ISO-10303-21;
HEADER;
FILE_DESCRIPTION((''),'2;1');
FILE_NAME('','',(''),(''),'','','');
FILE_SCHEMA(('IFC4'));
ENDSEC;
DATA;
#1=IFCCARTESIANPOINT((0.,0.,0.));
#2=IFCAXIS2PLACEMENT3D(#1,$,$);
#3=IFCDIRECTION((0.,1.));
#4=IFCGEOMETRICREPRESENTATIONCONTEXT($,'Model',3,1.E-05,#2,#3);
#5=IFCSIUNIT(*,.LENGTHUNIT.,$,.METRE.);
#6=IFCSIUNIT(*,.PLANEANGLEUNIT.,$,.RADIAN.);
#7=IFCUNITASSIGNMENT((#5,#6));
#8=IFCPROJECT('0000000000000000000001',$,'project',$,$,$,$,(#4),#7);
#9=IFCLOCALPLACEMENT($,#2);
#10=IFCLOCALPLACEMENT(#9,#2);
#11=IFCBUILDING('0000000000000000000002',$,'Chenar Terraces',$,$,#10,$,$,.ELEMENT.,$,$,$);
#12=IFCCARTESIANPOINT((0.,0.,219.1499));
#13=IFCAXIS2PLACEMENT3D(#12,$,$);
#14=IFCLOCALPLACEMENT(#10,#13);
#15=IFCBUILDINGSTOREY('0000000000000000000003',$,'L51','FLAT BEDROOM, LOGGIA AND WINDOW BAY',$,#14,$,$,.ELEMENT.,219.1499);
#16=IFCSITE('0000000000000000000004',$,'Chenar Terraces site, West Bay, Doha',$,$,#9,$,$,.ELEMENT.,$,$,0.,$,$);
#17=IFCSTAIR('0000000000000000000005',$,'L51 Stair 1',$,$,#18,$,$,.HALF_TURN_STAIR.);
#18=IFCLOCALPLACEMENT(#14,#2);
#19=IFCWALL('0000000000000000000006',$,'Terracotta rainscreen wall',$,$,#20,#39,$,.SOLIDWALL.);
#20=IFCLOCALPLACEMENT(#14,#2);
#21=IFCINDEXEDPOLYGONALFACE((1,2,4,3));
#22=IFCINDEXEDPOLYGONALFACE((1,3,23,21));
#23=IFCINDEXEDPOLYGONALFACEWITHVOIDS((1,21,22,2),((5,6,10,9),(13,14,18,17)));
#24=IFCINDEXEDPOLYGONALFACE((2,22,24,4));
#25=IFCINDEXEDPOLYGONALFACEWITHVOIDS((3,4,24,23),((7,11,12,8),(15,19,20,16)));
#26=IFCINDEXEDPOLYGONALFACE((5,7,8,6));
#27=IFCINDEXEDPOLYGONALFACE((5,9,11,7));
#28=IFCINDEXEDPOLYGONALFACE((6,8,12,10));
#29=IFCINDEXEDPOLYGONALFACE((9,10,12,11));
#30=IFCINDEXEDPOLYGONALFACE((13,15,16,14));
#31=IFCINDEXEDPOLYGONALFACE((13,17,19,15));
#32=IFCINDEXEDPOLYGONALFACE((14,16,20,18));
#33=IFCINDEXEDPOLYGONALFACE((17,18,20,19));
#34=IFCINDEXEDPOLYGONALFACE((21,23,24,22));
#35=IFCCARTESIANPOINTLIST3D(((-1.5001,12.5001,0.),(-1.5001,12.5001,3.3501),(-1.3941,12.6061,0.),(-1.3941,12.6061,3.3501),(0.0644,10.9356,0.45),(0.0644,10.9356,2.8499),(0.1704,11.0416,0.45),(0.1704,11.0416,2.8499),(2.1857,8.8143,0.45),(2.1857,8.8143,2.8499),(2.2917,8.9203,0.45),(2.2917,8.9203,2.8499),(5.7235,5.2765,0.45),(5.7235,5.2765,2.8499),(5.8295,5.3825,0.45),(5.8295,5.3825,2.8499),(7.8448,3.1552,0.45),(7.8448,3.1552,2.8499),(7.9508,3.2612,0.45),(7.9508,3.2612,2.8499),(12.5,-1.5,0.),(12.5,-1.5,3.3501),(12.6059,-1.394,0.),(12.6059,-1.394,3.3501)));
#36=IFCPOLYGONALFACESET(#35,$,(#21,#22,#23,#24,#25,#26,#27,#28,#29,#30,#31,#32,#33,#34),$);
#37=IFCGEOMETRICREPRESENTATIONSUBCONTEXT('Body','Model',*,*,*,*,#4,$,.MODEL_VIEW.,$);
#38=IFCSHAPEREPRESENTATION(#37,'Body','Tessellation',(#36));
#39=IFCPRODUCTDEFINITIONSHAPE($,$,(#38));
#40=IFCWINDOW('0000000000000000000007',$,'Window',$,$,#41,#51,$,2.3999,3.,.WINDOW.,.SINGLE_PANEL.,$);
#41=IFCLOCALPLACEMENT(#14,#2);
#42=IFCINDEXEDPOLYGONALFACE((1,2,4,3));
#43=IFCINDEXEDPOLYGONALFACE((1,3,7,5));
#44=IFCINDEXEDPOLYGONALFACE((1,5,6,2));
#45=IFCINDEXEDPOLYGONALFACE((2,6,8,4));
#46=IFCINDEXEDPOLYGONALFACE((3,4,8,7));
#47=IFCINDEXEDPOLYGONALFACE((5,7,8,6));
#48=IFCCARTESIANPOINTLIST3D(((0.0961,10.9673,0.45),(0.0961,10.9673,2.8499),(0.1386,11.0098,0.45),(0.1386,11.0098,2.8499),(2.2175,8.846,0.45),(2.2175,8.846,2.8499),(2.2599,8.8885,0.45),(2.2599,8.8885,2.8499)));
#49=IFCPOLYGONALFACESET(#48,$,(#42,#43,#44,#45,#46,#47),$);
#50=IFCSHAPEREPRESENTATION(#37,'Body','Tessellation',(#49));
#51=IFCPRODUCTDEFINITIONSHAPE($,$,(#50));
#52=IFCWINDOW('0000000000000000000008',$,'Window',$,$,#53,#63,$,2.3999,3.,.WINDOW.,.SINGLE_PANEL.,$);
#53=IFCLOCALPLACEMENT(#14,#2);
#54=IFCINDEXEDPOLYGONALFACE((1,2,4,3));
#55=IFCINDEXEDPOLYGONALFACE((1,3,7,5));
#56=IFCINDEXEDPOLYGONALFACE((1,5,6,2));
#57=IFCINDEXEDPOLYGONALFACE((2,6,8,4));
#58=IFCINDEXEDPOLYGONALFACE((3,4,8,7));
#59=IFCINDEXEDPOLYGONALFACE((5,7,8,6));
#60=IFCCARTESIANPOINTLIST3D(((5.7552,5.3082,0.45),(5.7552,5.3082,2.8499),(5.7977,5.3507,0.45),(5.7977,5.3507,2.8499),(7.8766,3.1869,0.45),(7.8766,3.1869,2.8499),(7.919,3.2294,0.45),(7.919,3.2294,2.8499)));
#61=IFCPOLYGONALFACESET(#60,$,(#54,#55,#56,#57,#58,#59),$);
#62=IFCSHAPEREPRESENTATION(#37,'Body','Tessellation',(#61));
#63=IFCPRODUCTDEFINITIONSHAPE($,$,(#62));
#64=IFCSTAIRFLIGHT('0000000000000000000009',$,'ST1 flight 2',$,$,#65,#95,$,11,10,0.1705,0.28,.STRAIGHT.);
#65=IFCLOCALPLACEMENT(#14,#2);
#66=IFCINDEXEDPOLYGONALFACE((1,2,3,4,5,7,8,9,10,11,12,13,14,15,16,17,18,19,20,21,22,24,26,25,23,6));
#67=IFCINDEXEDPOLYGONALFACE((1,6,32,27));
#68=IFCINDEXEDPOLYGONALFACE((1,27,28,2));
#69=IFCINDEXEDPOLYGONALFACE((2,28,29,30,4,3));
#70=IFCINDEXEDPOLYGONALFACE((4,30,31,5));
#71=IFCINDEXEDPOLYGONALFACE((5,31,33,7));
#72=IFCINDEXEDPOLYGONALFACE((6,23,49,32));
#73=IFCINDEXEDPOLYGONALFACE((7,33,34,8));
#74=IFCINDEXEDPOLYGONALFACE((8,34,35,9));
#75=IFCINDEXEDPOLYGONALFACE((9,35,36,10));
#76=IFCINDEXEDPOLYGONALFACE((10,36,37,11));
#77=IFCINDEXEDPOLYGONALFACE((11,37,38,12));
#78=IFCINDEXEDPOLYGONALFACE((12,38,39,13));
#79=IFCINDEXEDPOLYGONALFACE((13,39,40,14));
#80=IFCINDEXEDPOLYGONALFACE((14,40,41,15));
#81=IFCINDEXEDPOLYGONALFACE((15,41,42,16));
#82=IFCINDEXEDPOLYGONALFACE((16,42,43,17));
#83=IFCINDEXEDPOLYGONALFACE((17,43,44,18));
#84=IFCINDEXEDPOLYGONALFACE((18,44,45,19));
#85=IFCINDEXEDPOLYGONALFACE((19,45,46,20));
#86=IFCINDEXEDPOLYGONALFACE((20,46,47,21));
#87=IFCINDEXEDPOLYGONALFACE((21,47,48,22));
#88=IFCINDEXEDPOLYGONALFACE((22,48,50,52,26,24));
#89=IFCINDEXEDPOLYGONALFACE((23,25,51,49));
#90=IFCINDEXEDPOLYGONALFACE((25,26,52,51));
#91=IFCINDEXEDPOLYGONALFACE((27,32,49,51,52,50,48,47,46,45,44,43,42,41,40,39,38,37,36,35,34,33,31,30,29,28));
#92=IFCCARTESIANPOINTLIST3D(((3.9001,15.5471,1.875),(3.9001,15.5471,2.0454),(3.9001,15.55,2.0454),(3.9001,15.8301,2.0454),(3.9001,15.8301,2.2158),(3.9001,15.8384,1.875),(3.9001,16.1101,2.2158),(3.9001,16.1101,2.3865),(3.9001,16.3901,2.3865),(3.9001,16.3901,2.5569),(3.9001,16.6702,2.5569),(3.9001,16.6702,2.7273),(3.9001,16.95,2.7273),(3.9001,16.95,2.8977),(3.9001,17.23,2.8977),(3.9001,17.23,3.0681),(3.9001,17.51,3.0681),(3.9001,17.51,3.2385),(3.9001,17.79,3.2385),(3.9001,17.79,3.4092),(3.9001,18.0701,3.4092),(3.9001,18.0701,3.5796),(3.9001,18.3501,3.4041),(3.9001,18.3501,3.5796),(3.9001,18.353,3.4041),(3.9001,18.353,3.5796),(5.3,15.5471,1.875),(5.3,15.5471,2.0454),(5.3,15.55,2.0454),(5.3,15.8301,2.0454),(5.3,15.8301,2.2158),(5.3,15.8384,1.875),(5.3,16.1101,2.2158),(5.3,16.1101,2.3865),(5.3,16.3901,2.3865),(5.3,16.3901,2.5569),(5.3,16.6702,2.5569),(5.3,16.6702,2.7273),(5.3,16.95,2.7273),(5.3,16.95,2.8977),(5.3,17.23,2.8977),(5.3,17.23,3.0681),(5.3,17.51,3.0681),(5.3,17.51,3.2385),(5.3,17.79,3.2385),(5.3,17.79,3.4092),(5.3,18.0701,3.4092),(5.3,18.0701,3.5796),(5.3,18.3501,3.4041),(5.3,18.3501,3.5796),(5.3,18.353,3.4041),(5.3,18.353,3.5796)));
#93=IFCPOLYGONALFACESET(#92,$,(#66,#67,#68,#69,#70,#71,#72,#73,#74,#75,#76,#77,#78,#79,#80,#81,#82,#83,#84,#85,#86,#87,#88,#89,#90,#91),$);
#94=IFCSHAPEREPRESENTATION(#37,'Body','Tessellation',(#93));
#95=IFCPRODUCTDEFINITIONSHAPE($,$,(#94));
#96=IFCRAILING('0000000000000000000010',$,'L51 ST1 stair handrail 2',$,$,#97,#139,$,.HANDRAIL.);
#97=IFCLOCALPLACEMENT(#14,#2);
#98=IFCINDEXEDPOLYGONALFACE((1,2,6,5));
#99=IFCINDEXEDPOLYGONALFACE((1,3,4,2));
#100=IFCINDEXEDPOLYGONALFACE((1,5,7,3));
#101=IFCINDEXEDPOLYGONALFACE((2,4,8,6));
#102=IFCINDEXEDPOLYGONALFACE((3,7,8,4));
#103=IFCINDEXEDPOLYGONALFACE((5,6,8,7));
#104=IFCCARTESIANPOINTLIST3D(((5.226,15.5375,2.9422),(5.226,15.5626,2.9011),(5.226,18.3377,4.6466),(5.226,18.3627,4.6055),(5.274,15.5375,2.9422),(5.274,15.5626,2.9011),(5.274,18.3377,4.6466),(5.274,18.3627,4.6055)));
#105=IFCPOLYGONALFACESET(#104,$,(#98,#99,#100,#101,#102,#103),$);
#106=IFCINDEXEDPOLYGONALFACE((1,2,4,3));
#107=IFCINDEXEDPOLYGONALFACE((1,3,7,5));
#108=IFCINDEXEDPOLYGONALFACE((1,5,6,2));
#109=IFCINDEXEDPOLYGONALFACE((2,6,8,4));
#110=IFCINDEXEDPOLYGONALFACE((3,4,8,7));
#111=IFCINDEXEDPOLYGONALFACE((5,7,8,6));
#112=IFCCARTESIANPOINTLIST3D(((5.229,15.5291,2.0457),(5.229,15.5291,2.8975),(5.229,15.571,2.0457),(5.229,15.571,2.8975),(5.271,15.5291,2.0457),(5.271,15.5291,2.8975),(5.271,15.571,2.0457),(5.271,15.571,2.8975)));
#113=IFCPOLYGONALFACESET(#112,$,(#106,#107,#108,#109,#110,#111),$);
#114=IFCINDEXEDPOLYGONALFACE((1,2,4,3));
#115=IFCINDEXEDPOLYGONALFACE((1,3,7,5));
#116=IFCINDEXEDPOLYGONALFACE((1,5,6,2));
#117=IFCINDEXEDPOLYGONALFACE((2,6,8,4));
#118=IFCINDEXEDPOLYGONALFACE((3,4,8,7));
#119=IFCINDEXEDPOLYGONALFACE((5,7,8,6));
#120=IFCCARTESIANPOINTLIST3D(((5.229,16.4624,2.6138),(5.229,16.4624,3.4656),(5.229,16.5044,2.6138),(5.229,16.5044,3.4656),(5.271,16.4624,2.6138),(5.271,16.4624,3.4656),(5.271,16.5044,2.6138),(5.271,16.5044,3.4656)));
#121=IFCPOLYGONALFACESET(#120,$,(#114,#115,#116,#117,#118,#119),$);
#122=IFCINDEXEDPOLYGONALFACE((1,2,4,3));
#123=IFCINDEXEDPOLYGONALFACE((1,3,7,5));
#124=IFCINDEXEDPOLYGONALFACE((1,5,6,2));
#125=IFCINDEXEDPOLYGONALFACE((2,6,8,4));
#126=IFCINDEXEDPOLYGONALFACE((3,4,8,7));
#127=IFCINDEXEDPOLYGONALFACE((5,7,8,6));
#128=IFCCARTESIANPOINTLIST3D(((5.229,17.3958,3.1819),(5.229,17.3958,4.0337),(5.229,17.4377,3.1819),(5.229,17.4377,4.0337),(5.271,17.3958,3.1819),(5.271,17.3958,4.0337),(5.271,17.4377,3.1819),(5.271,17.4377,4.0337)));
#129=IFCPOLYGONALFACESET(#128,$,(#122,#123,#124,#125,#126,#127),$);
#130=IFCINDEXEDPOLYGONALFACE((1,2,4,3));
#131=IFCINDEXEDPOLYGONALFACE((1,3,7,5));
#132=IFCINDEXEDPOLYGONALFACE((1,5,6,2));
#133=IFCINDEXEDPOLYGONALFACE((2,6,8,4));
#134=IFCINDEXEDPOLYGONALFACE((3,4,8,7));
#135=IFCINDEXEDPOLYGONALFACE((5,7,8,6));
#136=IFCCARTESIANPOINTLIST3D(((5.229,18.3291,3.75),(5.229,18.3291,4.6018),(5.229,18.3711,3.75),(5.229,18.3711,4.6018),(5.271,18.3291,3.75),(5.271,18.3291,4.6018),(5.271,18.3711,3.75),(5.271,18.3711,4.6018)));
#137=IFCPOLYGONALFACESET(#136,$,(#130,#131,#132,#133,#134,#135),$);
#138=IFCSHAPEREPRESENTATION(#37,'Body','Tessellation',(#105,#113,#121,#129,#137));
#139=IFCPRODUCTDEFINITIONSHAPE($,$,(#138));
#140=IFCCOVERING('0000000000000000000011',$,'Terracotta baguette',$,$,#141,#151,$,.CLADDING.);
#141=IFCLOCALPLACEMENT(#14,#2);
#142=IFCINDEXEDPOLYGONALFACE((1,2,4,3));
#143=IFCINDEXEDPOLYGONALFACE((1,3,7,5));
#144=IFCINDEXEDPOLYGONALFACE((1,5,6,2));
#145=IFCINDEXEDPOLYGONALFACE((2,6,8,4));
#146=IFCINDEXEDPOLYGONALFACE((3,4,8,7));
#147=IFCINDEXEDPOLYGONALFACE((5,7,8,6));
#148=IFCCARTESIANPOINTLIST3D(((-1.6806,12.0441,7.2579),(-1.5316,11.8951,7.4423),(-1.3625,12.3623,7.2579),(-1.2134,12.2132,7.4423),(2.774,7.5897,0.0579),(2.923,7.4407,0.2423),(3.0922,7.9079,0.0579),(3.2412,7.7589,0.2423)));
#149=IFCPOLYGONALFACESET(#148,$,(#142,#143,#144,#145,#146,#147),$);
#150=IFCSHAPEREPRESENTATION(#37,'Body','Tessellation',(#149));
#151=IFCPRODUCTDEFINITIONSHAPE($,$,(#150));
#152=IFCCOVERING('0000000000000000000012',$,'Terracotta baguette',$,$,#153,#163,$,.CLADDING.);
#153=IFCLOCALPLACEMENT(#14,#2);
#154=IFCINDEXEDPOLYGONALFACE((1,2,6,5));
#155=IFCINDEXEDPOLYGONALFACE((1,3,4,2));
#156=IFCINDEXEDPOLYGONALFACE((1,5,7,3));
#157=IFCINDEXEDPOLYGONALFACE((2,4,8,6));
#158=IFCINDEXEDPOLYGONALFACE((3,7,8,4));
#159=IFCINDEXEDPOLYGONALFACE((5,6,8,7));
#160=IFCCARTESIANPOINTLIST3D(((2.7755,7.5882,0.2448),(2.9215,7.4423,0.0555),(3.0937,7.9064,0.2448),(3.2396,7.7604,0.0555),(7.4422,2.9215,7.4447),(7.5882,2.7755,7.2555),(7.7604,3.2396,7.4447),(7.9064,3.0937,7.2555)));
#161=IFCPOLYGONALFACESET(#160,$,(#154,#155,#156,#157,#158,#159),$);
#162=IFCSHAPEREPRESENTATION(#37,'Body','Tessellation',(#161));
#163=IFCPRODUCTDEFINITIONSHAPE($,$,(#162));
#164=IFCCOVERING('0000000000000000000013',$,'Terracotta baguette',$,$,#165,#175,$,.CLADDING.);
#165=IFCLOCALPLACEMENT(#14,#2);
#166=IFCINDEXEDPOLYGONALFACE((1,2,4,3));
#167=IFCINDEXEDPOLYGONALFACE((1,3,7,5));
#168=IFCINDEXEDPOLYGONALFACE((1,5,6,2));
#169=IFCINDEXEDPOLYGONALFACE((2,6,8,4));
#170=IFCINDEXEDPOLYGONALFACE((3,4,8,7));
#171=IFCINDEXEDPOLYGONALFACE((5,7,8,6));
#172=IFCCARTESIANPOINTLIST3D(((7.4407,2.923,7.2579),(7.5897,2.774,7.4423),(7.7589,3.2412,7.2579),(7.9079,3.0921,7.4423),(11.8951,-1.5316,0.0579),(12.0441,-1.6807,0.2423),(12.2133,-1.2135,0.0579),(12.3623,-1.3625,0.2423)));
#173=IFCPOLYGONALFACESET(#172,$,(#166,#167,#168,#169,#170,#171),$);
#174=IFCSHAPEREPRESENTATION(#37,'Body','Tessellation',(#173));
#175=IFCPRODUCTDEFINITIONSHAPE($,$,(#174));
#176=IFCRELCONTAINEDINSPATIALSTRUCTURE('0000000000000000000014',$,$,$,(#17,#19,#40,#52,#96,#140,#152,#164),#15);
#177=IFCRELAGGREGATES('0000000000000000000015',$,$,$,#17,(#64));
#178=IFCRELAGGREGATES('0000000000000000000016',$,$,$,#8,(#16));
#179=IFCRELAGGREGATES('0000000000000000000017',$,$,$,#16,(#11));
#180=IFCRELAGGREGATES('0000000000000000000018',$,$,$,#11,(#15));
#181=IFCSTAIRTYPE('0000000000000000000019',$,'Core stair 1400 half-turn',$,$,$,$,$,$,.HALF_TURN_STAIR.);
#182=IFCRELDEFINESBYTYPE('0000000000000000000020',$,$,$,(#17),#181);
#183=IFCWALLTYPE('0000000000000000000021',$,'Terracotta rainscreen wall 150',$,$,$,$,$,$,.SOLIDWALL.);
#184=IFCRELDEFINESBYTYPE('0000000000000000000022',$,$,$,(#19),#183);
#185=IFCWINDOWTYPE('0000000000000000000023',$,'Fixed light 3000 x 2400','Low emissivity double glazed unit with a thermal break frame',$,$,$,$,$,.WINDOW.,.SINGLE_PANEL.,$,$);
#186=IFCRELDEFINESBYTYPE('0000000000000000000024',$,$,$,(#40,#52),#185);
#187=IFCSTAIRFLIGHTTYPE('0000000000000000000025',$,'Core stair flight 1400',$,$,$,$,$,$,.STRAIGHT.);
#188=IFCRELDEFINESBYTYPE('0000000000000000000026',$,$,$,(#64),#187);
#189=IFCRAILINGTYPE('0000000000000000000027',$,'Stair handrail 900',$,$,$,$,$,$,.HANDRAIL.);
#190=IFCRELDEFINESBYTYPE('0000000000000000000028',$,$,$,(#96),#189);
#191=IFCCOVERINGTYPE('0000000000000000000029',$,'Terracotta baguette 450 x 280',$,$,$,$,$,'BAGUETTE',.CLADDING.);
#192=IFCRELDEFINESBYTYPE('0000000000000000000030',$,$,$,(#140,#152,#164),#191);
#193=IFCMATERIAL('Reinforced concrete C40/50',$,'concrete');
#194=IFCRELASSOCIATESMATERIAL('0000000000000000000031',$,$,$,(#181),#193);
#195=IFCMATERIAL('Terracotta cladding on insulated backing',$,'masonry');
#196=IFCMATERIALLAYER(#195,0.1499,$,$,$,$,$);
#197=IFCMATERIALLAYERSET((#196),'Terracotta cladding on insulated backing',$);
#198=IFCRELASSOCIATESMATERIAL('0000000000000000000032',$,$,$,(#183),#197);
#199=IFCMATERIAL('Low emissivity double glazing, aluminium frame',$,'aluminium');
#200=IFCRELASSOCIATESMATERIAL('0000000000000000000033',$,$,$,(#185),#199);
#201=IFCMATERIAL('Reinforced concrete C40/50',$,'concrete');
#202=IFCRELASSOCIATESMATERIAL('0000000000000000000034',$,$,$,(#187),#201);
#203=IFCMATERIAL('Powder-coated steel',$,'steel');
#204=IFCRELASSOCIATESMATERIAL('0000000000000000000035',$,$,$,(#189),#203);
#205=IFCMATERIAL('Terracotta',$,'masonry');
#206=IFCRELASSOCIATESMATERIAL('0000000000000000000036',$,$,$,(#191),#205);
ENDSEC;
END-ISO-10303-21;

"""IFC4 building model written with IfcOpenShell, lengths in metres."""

from ifc_helpers import new_model, si_unit, direction, frame, frame_2d, origin, origin_2d, place, context, subcontext, project, spatial, polyline, rectangle, outline, extrude, material, layer, layer_set, material_profile, profile_set, type_object, element, fill, aggregate, save


model = new_model("IFC4")

# Units and contexts
model_context = context("Model", 3, precision=1e-05, world=origin(), true_north=direction((0.0, 1.0)))
body_context = subcontext(model_context, "Body", "Model", "MODEL_VIEW")
ifc_project = project(units=[si_unit("LENGTHUNIT", "METRE"), si_unit("PLANEANGLEUNIT", "RADIAN")], contexts=[model_context])

# Site, building, storey
site_placement = place(None, origin())
site = spatial("IfcSite", under=ifc_project, at=site_placement, Name="Chenar Terraces site, West Bay, Doha", CompositionType="ELEMENT", RefElevation=0.0)
building_placement = place(site_placement, origin())
building = spatial("IfcBuilding", under=site, at=building_placement, Name="Chenar Terraces", CompositionType="ELEMENT")
storey_placement = place(building_placement, frame((0.0, 0.0, 219.1499)))
storey = spatial("IfcBuildingStorey", under=building, at=storey_placement, Name="L51", Description="FLAT BEDROOM, LOGGIA AND WINDOW BAY", CompositionType="ELEMENT", Elevation=219.1499)

# Stair
ifc_material_1 = material(Name="Reinforced concrete C40/50", Category="concrete")
stair_type = type_object("IfcStairType", Name="Core stair 1400 half-turn", PredefinedType="HALF_TURN_STAIR", material=ifc_material_1)
placement_1 = place(storey_placement, origin())
stair_1 = element("IfcStair", 1, at=placement_1, inside=storey, type_object=stair_type, Name="L51 Stair 1", PredefinedType="HALF_TURN_STAIR")

# Wall, openings, windows
ifc_material_2 = material(Name="Terracotta cladding on insulated backing", Category="masonry")
ifc_layer_1 = layer(ifc_material_2, 0.1499)
ifc_layer_set_1 = layer_set([ifc_layer_1], Name="Terracotta cladding on insulated backing")
wall_type_1 = type_object("IfcWallType", Name="Terracotta rainscreen wall 150", PredefinedType="SOLIDWALL", material=ifc_layer_set_1)
wall_1_placement = place(storey_placement, frame((-1.447, 12.553, 0.0), z_axis=(0.0, 0.0, 1.0), x_axis=(0.707107, -0.707107, 0.0)))
wall_1 = element("IfcWall", 2, at=wall_1_placement, inside=storey, type_object=wall_type_1, Name="Terracotta rainscreen wall", PredefinedType="SOLIDWALL", context=body_context, shape_type="SweptSolid", body=[
    extrude(rectangle(XDim=19.7991, YDim=0.1499, at=frame_2d((9.8994, 0.0))), origin(), (0.0, 0.0, 1.0), 3.3501),
])
opening_1_placement = place(wall_1_placement, frame((2.2124, 0.0, 0.45)))
opening_1 = element("IfcOpeningElement", 3, at=opening_1_placement, cuts=wall_1, PredefinedType="OPENING", context=body_context, shape_type="SweptSolid", body=[
    extrude(rectangle(XDim=3.0, YDim=2.3999, at=frame_2d((1.5, 1.2))), frame((0.0, 0.085, 0.0), z_axis=(0.0, -1.0, 0.0), x_axis=(1.0, 0.0, 0.0)), (0.0, 0.0, 1.0), 0.1699),
])
opening_2_placement = place(wall_1_placement, frame((10.2156, 0.0, 0.45)))
opening_2 = element("IfcOpeningElement", 4, at=opening_2_placement, cuts=wall_1, PredefinedType="OPENING", context=body_context, shape_type="SweptSolid", body=[
    extrude(rectangle(XDim=3.0, YDim=2.3999, at=frame_2d((1.5, 1.2))), frame((0.0, 0.085, 0.0), z_axis=(0.0, -1.0, 0.0), x_axis=(1.0, 0.0, 0.0)), (0.0, 0.0, 1.0), 0.1699),
])
ifc_material_3 = material(Name="Low emissivity double glazing, aluminium frame", Category="aluminium")
window_type = type_object("IfcWindowType", Name="Fixed light 3000 x 2400", Description="Low emissivity double glazed unit with a thermal break frame", PartitioningType="SINGLE_PANEL", PredefinedType="WINDOW", material=ifc_material_3)
window_1_placement = place(opening_1_placement, origin())
window_1 = element("IfcWindow", 5, at=window_1_placement, inside=storey, type_object=window_type, Name="Window", OverallHeight=2.3999, OverallWidth=3.0, PartitioningType="SINGLE_PANEL", PredefinedType="WINDOW", context=body_context, shape_type="SweptSolid", body=[
    extrude(rectangle(XDim=3.0, YDim=2.3999, at=frame_2d((1.5, 1.2))), frame((0.0, 0.03, 0.0), z_axis=(0.0, -1.0, 0.0), x_axis=(1.0, 0.0, 0.0)), (0.0, 0.0, 1.0), 0.0601),
])
fill(opening_1, window_1)
window_2_placement = place(opening_2_placement, origin())
window_2 = element("IfcWindow", 6, at=window_2_placement, inside=storey, type_object=window_type, Name="Window", OverallHeight=2.3999, OverallWidth=3.0, PartitioningType="SINGLE_PANEL", PredefinedType="WINDOW", context=body_context, shape_type="SweptSolid", body=[
    extrude(rectangle(XDim=3.0, YDim=2.3999, at=frame_2d((1.5, 1.2))), frame((0.0, 0.03, 0.0), z_axis=(0.0, -1.0, 0.0), x_axis=(1.0, 0.0, 0.0)), (0.0, 0.0, 1.0), 0.0601),
])
fill(opening_2, window_2)

# Stair flight
ifc_material_4 = material(Name="Reinforced concrete C40/50", Category="concrete")
stair_flight_type = type_object("IfcStairFlightType", Name="Core stair flight 1400", PredefinedType="STRAIGHT", material=ifc_material_4)
stair_flight_placement = place(storey_placement, frame((4.6001, 15.55, 1.875), z_axis=(0.0, 0.0, 1.0), x_axis=(0.0, 1.0, 0.0)))
stair_flight = element("IfcStairFlight", 7, at=stair_flight_placement, type_object=stair_flight_type, Name="ST1 flight 2", NumberOfRisers=11, NumberOfTreads=10, PredefinedType="STRAIGHT", RiserHeight=0.1705, TreadLength=0.28, context=body_context, shape_type="SweptSolid", body=[
    extrude(outline(polyline([(-0.0029, 0.0), (-0.0029, 0.1704), (0.0, 0.1704), (0.28, 0.1704), (0.28, 0.3408), (0.5601, 0.3408), (0.5601, 0.5115), (0.8401, 0.5115), (0.8401, 0.6819), (1.1201, 0.6819), (1.1201, 0.8523), (1.3999, 0.8523), (1.3999, 1.0227), (1.6799, 1.0227), (1.6799, 1.1931), (1.96, 1.1931), (1.96, 1.3635), (2.24, 1.3635), (2.24, 1.5342), (2.52, 1.5342), (2.52, 1.7046), (2.8, 1.7046), (2.803, 1.7046), (2.803, 1.5291), (2.8, 1.5291), (0.2883, 0.0), (-0.0029, 0.0)])), frame((0.0, 0.7, 0.0), z_axis=(0.0, -1.0, 0.0), x_axis=(1.0, 0.0, 0.0)), (0.0, 0.0, 1.0), 1.3999),
])
aggregate(stair_1, [stair_flight])

# Railing
ifc_material_5 = material(Name="Powder-coated steel", Category="steel")
railing_type = type_object("IfcRailingType", Name="Stair handrail 900", PredefinedType="HANDRAIL", material=ifc_material_5)
railing_placement = place(storey_placement, frame((5.25, 15.55, 2.0457)))
element("IfcRailing", 8, at=railing_placement, inside=storey, type_object=railing_type, Name="L51 ST1 stair handrail 2", PredefinedType="HANDRAIL", context=body_context, shape_type="SweptSolid", body=[
    extrude(rectangle(XDim=0.0481, YDim=0.0481, at=origin_2d()), frame((0.0, 0.0, 0.876), z_axis=(0.0, 0.854203, 0.51994), x_axis=(-1.0, 0.0, 0.0)), (0.0, 0.0, 1.0), 3.2781),
    extrude(rectangle(XDim=0.042, YDim=0.042, at=origin_2d()), origin(), (0.0, 0.0, 1.0), 0.8518),
    extrude(rectangle(XDim=0.042, YDim=0.042, at=origin_2d()), frame((0.0, 0.9333, 0.5681)), (0.0, 0.0, 1.0), 0.8518),
    extrude(rectangle(XDim=0.042, YDim=0.042, at=origin_2d()), frame((0.0, 1.8667, 1.1362)), (0.0, 0.0, 1.0), 0.8518),
    extrude(rectangle(XDim=0.042, YDim=0.042, at=origin_2d()), frame((0.0, 2.8, 1.7043)), (0.0, 0.0, 1.0), 0.8518),
])

# Coverings
ifc_material_6 = material(Name="Terracotta", Category="masonry")
ifc_material_profile = material_profile(ifc_material_6, rectangle(XDim=0.45, YDim=0.28, at=origin_2d()), Name="Terracotta baguette 450 x 280")
ifc_profile_set = profile_set([ifc_material_profile], Name="Terracotta")
covering_type = type_object("IfcCoveringType", Name="Terracotta baguette 450 x 280", ElementType="BAGUETTE", PredefinedType="CLADDING", material=ifc_profile_set)
covering_1_placement = place(storey_placement, frame((-1.447, 12.1287, 7.3501), z_axis=(0.46563, -0.465604, -0.752597), x_axis=(0.707087, 0.707126, 0.0)))
element("IfcCovering", 9, at=covering_1_placement, inside=storey, type_object=covering_type, Name="Terracotta baguette", PredefinedType="CLADDING", context=body_context, shape_type="SweptSolid", body=[
    extrude(rectangle(XDim=0.45, YDim=0.28, at=origin_2d()), origin(), (0.0, 0.0, 1.0), 9.5669),
])
covering_2_placement = place(storey_placement, frame((3.0076, 7.6743, 0.1501), z_axis=(0.477803, -0.477803, 0.737163), x_axis=(0.707107, 0.707107, 0.0)))
element("IfcCovering", 10, at=covering_2_placement, inside=storey, type_object=covering_type, Name="Terracotta baguette", PredefinedType="CLADDING", context=body_context, shape_type="SweptSolid", body=[
    extrude(rectangle(XDim=0.45, YDim=0.28, at=origin_2d()), origin(), (0.0, 0.0, 1.0), 9.7671),
])
covering_3_placement = place(storey_placement, frame((7.6743, 3.0076, 7.3501), z_axis=(0.465604, -0.46563, -0.752597), x_axis=(0.707126, 0.707087, 0.0)))
element("IfcCovering", 11, at=covering_3_placement, inside=storey, type_object=covering_type, Name="Terracotta baguette", PredefinedType="CLADDING", context=body_context, shape_type="SweptSolid", body=[
    extrude(rectangle(XDim=0.45, YDim=0.28, at=origin_2d()), origin(), (0.0, 0.0, 1.0), 9.5669),
])

save(model, "model.ifc")
